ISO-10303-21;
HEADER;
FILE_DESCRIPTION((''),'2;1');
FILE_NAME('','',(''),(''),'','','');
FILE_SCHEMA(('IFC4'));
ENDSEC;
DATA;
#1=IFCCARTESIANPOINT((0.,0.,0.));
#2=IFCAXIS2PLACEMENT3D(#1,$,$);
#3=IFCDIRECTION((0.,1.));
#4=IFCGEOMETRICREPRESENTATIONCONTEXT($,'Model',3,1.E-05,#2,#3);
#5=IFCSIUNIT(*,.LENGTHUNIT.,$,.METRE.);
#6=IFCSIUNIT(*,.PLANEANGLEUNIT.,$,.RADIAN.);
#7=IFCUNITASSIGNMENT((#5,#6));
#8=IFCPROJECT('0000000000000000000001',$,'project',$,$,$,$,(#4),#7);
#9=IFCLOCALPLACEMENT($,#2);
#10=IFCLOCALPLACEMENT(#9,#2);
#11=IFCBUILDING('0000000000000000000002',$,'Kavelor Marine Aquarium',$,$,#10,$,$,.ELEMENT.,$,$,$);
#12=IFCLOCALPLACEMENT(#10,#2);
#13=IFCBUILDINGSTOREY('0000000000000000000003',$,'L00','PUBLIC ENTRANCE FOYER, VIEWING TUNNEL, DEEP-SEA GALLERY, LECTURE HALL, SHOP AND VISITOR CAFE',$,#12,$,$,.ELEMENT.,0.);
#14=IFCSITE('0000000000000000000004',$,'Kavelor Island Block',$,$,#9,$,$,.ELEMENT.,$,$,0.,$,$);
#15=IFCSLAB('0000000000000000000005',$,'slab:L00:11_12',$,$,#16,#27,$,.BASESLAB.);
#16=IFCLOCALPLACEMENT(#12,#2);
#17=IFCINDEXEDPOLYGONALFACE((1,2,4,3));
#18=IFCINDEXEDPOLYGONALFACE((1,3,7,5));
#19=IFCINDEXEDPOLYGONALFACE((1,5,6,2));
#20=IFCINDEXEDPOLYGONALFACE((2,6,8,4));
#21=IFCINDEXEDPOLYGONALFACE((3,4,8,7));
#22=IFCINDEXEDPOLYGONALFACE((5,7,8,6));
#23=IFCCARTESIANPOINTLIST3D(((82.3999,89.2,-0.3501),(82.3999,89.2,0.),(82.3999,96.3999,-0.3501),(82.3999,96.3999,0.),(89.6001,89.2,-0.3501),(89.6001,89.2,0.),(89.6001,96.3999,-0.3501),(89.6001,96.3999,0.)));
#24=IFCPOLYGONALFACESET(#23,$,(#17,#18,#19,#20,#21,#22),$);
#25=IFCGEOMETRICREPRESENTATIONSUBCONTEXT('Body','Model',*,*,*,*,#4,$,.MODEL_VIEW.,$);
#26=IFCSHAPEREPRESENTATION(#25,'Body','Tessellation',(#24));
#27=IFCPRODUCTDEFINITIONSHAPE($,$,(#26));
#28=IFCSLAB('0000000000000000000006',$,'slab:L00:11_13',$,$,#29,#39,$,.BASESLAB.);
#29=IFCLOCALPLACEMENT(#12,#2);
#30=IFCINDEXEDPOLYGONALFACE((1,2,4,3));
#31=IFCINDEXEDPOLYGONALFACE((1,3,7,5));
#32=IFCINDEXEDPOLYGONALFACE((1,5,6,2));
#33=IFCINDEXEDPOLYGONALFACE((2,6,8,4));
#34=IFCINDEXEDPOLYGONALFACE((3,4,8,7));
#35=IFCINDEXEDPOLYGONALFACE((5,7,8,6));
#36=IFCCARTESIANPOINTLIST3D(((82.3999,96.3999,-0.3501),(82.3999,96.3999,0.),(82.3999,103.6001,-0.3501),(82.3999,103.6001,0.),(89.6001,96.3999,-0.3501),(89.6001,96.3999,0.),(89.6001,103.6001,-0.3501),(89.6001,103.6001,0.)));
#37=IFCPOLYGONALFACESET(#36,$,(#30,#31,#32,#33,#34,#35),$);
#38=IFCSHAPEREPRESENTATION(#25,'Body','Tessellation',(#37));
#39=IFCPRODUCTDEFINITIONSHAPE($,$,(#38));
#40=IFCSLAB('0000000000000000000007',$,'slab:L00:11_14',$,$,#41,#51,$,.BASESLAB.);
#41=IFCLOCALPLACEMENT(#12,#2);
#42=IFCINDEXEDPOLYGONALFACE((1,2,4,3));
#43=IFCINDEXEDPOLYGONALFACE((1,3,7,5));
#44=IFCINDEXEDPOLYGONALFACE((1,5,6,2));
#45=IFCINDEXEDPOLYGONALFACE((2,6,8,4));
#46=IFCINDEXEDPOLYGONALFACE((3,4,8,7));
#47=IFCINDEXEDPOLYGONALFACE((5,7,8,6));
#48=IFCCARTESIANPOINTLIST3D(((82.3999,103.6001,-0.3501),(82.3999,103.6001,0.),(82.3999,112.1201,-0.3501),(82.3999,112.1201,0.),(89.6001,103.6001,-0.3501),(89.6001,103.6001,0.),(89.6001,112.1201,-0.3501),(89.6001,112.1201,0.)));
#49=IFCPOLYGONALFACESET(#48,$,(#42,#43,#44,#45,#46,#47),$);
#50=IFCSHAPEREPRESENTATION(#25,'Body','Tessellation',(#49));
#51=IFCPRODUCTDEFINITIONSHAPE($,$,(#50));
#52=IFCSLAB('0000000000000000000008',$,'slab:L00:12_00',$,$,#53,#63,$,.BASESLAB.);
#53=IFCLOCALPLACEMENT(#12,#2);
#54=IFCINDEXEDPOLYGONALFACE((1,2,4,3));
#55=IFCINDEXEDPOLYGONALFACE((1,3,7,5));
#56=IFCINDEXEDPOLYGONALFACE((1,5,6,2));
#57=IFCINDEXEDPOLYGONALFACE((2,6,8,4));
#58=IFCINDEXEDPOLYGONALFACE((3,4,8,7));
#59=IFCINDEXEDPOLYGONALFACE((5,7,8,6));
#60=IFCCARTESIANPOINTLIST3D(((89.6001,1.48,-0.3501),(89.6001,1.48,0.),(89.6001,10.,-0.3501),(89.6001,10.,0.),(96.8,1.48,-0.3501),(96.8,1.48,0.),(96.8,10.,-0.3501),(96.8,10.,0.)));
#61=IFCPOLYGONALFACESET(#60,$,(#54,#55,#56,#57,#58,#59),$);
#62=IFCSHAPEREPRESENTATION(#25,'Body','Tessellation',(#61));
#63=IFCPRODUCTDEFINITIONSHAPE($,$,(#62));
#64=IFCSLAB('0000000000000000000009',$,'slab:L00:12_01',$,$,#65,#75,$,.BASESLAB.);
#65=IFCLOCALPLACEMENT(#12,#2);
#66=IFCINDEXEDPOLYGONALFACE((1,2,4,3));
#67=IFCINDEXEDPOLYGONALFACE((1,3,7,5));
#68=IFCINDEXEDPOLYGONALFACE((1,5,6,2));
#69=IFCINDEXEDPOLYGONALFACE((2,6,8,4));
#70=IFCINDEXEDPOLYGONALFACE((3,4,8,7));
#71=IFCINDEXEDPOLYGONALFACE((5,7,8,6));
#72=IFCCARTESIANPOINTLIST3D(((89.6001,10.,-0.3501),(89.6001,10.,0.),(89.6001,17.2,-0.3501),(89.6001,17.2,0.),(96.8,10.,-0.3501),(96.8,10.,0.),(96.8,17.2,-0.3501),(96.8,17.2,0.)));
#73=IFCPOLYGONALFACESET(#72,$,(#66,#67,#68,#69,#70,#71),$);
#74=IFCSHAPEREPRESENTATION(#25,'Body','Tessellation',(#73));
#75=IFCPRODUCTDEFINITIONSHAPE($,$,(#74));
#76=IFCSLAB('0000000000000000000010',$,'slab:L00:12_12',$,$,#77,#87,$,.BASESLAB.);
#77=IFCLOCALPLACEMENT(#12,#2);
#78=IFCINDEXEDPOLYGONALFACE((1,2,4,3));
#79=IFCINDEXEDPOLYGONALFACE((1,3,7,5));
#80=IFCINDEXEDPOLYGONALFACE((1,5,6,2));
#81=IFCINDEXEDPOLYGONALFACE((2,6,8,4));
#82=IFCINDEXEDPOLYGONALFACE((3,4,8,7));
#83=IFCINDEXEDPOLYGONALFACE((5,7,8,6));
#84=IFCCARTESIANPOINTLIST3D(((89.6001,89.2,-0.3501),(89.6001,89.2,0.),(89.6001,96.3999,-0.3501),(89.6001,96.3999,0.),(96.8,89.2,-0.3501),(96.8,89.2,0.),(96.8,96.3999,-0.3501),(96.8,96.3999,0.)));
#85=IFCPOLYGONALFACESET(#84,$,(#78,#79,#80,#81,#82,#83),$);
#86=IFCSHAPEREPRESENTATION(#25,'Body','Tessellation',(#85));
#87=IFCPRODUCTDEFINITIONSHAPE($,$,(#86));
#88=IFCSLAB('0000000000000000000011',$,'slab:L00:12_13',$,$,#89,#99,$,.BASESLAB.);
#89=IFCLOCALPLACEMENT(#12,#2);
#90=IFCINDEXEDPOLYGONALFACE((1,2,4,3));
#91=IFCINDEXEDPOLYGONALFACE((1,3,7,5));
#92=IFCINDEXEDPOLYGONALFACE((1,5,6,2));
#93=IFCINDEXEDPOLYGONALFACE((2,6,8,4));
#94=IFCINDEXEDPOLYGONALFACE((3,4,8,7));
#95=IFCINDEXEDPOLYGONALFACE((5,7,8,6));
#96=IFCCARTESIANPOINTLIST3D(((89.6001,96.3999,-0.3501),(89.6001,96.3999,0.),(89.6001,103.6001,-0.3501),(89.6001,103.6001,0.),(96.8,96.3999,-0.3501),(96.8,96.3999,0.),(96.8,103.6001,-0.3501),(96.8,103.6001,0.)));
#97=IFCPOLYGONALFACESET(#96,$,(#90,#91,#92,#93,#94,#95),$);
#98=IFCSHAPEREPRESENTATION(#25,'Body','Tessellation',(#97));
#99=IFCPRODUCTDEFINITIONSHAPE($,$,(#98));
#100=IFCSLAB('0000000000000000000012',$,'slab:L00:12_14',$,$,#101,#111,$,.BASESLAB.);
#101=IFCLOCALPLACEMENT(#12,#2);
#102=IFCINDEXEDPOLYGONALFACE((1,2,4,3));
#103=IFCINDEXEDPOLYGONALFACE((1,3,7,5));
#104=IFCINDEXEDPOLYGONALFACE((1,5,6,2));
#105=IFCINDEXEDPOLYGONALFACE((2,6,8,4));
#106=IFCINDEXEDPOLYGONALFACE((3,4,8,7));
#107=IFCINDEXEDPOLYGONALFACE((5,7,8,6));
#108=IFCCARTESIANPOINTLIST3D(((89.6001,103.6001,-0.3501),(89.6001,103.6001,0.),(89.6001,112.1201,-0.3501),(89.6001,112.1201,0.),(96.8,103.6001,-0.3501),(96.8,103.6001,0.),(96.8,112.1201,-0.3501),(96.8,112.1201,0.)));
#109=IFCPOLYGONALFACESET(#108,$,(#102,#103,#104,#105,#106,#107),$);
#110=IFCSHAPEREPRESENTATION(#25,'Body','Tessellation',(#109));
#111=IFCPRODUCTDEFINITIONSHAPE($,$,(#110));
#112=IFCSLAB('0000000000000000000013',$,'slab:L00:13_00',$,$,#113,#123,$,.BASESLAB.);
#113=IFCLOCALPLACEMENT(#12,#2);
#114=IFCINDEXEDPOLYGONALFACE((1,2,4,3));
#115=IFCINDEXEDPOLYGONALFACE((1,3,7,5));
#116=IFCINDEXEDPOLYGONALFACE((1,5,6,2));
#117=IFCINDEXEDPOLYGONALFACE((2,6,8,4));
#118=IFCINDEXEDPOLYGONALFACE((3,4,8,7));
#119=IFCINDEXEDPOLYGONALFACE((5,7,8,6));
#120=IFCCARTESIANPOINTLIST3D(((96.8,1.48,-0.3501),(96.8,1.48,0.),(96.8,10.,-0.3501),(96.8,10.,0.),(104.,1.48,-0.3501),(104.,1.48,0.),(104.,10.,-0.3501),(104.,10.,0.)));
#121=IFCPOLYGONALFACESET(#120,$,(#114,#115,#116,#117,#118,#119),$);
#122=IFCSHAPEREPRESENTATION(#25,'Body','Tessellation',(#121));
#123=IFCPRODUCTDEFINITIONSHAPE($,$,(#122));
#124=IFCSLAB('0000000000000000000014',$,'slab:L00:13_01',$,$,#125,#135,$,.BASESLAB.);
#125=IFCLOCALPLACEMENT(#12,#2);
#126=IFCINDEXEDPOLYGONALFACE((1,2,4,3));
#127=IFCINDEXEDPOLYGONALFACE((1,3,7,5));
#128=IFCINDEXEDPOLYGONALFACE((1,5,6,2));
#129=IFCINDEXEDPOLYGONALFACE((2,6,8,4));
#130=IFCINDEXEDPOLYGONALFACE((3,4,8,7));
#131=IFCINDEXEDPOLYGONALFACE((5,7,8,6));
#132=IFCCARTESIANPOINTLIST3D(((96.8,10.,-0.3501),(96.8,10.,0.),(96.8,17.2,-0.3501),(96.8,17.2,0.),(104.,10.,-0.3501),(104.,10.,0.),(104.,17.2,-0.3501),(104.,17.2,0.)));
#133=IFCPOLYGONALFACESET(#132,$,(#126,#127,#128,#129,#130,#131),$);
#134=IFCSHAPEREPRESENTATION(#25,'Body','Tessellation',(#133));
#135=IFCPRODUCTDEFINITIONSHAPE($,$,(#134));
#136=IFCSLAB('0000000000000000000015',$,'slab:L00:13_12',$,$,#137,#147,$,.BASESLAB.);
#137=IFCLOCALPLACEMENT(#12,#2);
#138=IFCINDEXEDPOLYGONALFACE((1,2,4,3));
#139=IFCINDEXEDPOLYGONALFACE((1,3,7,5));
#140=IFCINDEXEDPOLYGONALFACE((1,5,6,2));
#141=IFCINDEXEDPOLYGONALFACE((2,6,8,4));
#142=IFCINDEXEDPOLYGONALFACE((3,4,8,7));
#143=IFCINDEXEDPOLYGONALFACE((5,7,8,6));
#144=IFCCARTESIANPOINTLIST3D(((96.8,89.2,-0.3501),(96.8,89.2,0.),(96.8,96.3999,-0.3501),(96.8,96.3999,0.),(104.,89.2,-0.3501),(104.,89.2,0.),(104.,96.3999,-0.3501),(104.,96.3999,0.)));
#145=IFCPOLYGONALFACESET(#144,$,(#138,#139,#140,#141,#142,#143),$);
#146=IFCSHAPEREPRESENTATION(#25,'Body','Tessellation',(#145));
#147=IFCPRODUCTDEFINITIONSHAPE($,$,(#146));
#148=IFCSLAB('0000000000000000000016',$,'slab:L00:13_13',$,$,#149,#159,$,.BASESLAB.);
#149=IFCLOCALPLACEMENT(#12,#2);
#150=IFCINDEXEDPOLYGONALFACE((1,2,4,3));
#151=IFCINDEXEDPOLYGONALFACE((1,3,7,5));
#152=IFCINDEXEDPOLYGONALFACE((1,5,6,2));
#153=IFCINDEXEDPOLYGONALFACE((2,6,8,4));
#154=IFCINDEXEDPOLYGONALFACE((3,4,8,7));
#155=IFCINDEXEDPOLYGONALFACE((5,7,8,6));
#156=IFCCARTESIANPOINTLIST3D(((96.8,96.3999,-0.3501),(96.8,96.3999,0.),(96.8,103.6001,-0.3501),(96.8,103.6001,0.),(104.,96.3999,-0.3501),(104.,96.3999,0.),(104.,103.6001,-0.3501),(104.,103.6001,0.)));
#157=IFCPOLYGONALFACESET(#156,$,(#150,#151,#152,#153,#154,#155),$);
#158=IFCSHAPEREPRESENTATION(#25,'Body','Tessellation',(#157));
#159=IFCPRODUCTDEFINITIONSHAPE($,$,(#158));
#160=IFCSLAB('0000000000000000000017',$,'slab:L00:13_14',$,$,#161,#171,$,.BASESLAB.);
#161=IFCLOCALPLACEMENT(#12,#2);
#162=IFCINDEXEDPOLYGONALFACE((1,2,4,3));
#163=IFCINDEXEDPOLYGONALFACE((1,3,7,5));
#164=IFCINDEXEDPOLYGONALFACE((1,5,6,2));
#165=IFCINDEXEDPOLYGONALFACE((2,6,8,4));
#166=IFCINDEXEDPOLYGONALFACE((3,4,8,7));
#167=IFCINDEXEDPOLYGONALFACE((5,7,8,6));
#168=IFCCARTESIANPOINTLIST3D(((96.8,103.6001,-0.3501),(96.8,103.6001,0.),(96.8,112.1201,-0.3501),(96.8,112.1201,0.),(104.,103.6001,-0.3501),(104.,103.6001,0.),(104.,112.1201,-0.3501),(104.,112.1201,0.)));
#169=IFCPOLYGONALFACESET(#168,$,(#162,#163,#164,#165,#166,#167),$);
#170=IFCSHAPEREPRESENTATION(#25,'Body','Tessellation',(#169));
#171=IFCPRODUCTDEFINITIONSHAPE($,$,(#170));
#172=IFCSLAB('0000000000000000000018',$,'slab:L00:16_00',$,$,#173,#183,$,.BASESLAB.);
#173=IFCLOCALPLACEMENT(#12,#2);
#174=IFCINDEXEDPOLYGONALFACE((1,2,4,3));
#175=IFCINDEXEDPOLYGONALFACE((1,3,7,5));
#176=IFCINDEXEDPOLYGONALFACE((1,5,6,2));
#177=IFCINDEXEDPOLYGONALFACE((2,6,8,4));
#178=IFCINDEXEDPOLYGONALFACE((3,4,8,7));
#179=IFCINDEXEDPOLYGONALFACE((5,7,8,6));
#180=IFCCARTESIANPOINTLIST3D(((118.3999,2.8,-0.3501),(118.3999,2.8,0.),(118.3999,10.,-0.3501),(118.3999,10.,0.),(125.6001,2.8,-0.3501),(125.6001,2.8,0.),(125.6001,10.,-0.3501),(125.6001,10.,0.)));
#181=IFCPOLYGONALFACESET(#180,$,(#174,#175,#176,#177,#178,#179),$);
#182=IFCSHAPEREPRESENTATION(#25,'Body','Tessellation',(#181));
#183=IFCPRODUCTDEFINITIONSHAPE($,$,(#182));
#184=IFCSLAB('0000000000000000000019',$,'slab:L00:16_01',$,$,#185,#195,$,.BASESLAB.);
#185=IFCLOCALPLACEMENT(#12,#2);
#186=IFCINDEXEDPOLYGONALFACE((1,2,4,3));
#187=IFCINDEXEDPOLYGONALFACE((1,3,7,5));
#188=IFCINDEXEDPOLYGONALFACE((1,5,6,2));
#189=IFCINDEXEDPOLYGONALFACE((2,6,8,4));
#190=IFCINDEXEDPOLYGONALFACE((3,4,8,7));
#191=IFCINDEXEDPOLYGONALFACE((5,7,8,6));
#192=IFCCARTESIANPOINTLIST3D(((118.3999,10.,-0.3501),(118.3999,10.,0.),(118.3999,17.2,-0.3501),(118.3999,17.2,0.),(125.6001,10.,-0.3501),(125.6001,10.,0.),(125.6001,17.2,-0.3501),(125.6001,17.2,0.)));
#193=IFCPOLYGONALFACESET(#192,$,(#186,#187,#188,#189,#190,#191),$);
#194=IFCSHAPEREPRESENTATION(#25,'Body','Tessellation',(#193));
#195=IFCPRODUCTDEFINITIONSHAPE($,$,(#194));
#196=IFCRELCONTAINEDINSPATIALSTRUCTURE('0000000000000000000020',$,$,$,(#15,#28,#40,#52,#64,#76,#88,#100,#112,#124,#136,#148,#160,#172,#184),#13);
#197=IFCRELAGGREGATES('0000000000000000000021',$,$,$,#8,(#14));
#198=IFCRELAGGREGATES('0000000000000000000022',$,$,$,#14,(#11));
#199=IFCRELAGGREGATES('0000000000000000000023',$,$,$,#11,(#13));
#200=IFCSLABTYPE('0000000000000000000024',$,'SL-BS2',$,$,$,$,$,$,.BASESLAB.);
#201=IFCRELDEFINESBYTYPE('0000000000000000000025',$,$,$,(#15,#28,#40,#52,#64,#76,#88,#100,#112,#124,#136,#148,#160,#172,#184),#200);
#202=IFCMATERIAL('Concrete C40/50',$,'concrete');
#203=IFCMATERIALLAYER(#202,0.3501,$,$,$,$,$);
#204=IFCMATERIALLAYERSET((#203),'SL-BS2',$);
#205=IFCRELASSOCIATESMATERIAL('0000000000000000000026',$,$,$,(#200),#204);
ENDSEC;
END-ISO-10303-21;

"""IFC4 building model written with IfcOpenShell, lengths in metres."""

from ifc_helpers import new_model, si_unit, direction, frame, origin, place, context, subcontext, project, spatial, polyline, outline, extrude, material, layer, layer_set, type_object, element, save


model = new_model("IFC4")

# Units and contexts
model_context = context("Model", 3, precision=1e-05, world=origin(), true_north=direction((0.0, 1.0)))
body_context = subcontext(model_context, "Body", "Model", "MODEL_VIEW")
ifc_project = project(units=[si_unit("LENGTHUNIT", "METRE"), si_unit("PLANEANGLEUNIT", "RADIAN")], contexts=[model_context])

# Site, building, storey
site_placement = place(None, origin())
site = spatial("IfcSite", under=ifc_project, at=site_placement, Name="Kavelor Island Block", CompositionType="ELEMENT", RefElevation=0.0)
building_placement = place(site_placement, origin())
building = spatial("IfcBuilding", under=site, at=building_placement, Name="Kavelor Marine Aquarium", CompositionType="ELEMENT")
storey_placement = place(building_placement, origin())
storey = spatial("IfcBuildingStorey", under=building, at=storey_placement, Name="L00", Description="PUBLIC ENTRANCE FOYER, VIEWING TUNNEL, DEEP-SEA GALLERY, LECTURE HALL, SHOP AND VISITOR CAFE", CompositionType="ELEMENT", Elevation=0.0)

# Slabs
ifc_material = material(Name="Concrete C40/50", Category="concrete")
ifc_layer = layer(ifc_material, 0.3501)
ifc_layer_set = layer_set([ifc_layer], Name="SL-BS2")
slab_type = type_object("IfcSlabType", Name="SL-BS2", PredefinedType="BASESLAB", material=ifc_layer_set)
slab_1_placement = place(storey_placement, frame((0.0, 0.0, -0.3501)))
element("IfcSlab", 1, at=slab_1_placement, inside=storey, type_object=slab_type, Name="slab:L00:11_12", PredefinedType="BASESLAB", context=body_context, shape_type="SweptSolid", body=[
    extrude(outline(polyline([(82.3999, 89.2), (89.6001, 89.2), (89.6001, 96.3999), (82.3999, 96.3999), (82.3999, 89.2)])), origin(), (0.0, 0.0, 1.0), 0.3501),
])
slab_2_placement = place(storey_placement, frame((0.0, 0.0, -0.3501)))
element("IfcSlab", 2, at=slab_2_placement, inside=storey, type_object=slab_type, Name="slab:L00:11_13", PredefinedType="BASESLAB", context=body_context, shape_type="SweptSolid", body=[
    extrude(outline(polyline([(82.3999, 96.3999), (89.6001, 96.3999), (89.6001, 103.6001), (82.3999, 103.6001), (82.3999, 96.3999)])), origin(), (0.0, 0.0, 1.0), 0.3501),
])
slab_3_placement = place(storey_placement, frame((0.0, 0.0, -0.3501)))
element("IfcSlab", 3, at=slab_3_placement, inside=storey, type_object=slab_type, Name="slab:L00:11_14", PredefinedType="BASESLAB", context=body_context, shape_type="SweptSolid", body=[
    extrude(outline(polyline([(82.3999, 103.6001), (89.6001, 103.6001), (89.6001, 112.1201), (82.3999, 112.1201), (82.3999, 103.6001)])), origin(), (0.0, 0.0, 1.0), 0.3501),
])
slab_4_placement = place(storey_placement, frame((0.0, 0.0, -0.3501)))
element("IfcSlab", 4, at=slab_4_placement, inside=storey, type_object=slab_type, Name="slab:L00:12_00", PredefinedType="BASESLAB", context=body_context, shape_type="SweptSolid", body=[
    extrude(outline(polyline([(89.6001, 1.48), (96.8, 1.48), (96.8, 10.0), (89.6001, 10.0), (89.6001, 1.48)])), origin(), (0.0, 0.0, 1.0), 0.3501),
])
slab_5_placement = place(storey_placement, frame((0.0, 0.0, -0.3501)))
element("IfcSlab", 5, at=slab_5_placement, inside=storey, type_object=slab_type, Name="slab:L00:12_01", PredefinedType="BASESLAB", context=body_context, shape_type="SweptSolid", body=[
    extrude(outline(polyline([(89.6001, 10.0), (96.8, 10.0), (96.8, 17.2), (89.6001, 17.2), (89.6001, 10.0)])), origin(), (0.0, 0.0, 1.0), 0.3501),
])
slab_6_placement = place(storey_placement, frame((0.0, 0.0, -0.3501)))
element("IfcSlab", 6, at=slab_6_placement, inside=storey, type_object=slab_type, Name="slab:L00:12_12", PredefinedType="BASESLAB", context=body_context, shape_type="SweptSolid", body=[
    extrude(outline(polyline([(89.6001, 89.2), (96.8, 89.2), (96.8, 96.3999), (89.6001, 96.3999), (89.6001, 89.2)])), origin(), (0.0, 0.0, 1.0), 0.3501),
])
slab_7_placement = place(storey_placement, frame((0.0, 0.0, -0.3501)))
element("IfcSlab", 7, at=slab_7_placement, inside=storey, type_object=slab_type, Name="slab:L00:12_13", PredefinedType="BASESLAB", context=body_context, shape_type="SweptSolid", body=[
    extrude(outline(polyline([(89.6001, 96.3999), (96.8, 96.3999), (96.8, 103.6001), (89.6001, 103.6001), (89.6001, 96.3999)])), origin(), (0.0, 0.0, 1.0), 0.3501),
])
slab_8_placement = place(storey_placement, frame((0.0, 0.0, -0.3501)))
element("IfcSlab", 8, at=slab_8_placement, inside=storey, type_object=slab_type, Name="slab:L00:12_14", PredefinedType="BASESLAB", context=body_context, shape_type="SweptSolid", body=[
    extrude(outline(polyline([(89.6001, 103.6001), (96.8, 103.6001), (96.8, 112.1201), (89.6001, 112.1201), (89.6001, 103.6001)])), origin(), (0.0, 0.0, 1.0), 0.3501),
])
slab_9_placement = place(storey_placement, frame((0.0, 0.0, -0.3501)))
element("IfcSlab", 9, at=slab_9_placement, inside=storey, type_object=slab_type, Name="slab:L00:13_00", PredefinedType="BASESLAB", context=body_context, shape_type="SweptSolid", body=[
    extrude(outline(polyline([(96.8, 1.48), (104.0, 1.48), (104.0, 10.0), (96.8, 10.0), (96.8, 1.48)])), origin(), (0.0, 0.0, 1.0), 0.3501),
])
slab_10_placement = place(storey_placement, frame((0.0, 0.0, -0.3501)))
element("IfcSlab", 10, at=slab_10_placement, inside=storey, type_object=slab_type, Name="slab:L00:13_01", PredefinedType="BASESLAB", context=body_context, shape_type="SweptSolid", body=[
    extrude(outline(polyline([(96.8, 10.0), (104.0, 10.0), (104.0, 17.2), (96.8, 17.2), (96.8, 10.0)])), origin(), (0.0, 0.0, 1.0), 0.3501),
])
slab_11_placement = place(storey_placement, frame((0.0, 0.0, -0.3501)))
element("IfcSlab", 11, at=slab_11_placement, inside=storey, type_object=slab_type, Name="slab:L00:13_12", PredefinedType="BASESLAB", context=body_context, shape_type="SweptSolid", body=[
    extrude(outline(polyline([(96.8, 89.2), (104.0, 89.2), (104.0, 96.3999), (96.8, 96.3999), (96.8, 89.2)])), origin(), (0.0, 0.0, 1.0), 0.3501),
])
slab_12_placement = place(storey_placement, frame((0.0, 0.0, -0.3501)))
element("IfcSlab", 12, at=slab_12_placement, inside=storey, type_object=slab_type, Name="slab:L00:13_13", PredefinedType="BASESLAB", context=body_context, shape_type="SweptSolid", body=[
    extrude(outline(polyline([(96.8, 96.3999), (104.0, 96.3999), (104.0, 103.6001), (96.8, 103.6001), (96.8, 96.3999)])), origin(), (0.0, 0.0, 1.0), 0.3501),
])
slab_13_placement = place(storey_placement, frame((0.0, 0.0, -0.3501)))
element("IfcSlab", 13, at=slab_13_placement, inside=storey, type_object=slab_type, Name="slab:L00:13_14", PredefinedType="BASESLAB", context=body_context, shape_type="SweptSolid", body=[
    extrude(outline(polyline([(96.8, 103.6001), (104.0, 103.6001), (104.0, 112.1201), (96.8, 112.1201), (96.8, 103.6001)])), origin(), (0.0, 0.0, 1.0), 0.3501),
])
slab_14_placement = place(storey_placement, frame((0.0, 0.0, -0.3501)))
element("IfcSlab", 14, at=slab_14_placement, inside=storey, type_object=slab_type, Name="slab:L00:16_00", PredefinedType="BASESLAB", context=body_context, shape_type="SweptSolid", body=[
    extrude(outline(polyline([(118.3999, 2.8), (125.6001, 2.8), (125.6001, 10.0), (118.3999, 10.0), (118.3999, 2.8)])), origin(), (0.0, 0.0, 1.0), 0.3501),
])
slab_15_placement = place(storey_placement, frame((0.0, 0.0, -0.3501)))
element("IfcSlab", 15, at=slab_15_placement, inside=storey, type_object=slab_type, Name="slab:L00:16_01", PredefinedType="BASESLAB", context=body_context, shape_type="SweptSolid", body=[
    extrude(outline(polyline([(118.3999, 10.0), (125.6001, 10.0), (125.6001, 17.2), (118.3999, 17.2), (118.3999, 10.0)])), origin(), (0.0, 0.0, 1.0), 0.3501),
])

save(model, "model.ifc")
